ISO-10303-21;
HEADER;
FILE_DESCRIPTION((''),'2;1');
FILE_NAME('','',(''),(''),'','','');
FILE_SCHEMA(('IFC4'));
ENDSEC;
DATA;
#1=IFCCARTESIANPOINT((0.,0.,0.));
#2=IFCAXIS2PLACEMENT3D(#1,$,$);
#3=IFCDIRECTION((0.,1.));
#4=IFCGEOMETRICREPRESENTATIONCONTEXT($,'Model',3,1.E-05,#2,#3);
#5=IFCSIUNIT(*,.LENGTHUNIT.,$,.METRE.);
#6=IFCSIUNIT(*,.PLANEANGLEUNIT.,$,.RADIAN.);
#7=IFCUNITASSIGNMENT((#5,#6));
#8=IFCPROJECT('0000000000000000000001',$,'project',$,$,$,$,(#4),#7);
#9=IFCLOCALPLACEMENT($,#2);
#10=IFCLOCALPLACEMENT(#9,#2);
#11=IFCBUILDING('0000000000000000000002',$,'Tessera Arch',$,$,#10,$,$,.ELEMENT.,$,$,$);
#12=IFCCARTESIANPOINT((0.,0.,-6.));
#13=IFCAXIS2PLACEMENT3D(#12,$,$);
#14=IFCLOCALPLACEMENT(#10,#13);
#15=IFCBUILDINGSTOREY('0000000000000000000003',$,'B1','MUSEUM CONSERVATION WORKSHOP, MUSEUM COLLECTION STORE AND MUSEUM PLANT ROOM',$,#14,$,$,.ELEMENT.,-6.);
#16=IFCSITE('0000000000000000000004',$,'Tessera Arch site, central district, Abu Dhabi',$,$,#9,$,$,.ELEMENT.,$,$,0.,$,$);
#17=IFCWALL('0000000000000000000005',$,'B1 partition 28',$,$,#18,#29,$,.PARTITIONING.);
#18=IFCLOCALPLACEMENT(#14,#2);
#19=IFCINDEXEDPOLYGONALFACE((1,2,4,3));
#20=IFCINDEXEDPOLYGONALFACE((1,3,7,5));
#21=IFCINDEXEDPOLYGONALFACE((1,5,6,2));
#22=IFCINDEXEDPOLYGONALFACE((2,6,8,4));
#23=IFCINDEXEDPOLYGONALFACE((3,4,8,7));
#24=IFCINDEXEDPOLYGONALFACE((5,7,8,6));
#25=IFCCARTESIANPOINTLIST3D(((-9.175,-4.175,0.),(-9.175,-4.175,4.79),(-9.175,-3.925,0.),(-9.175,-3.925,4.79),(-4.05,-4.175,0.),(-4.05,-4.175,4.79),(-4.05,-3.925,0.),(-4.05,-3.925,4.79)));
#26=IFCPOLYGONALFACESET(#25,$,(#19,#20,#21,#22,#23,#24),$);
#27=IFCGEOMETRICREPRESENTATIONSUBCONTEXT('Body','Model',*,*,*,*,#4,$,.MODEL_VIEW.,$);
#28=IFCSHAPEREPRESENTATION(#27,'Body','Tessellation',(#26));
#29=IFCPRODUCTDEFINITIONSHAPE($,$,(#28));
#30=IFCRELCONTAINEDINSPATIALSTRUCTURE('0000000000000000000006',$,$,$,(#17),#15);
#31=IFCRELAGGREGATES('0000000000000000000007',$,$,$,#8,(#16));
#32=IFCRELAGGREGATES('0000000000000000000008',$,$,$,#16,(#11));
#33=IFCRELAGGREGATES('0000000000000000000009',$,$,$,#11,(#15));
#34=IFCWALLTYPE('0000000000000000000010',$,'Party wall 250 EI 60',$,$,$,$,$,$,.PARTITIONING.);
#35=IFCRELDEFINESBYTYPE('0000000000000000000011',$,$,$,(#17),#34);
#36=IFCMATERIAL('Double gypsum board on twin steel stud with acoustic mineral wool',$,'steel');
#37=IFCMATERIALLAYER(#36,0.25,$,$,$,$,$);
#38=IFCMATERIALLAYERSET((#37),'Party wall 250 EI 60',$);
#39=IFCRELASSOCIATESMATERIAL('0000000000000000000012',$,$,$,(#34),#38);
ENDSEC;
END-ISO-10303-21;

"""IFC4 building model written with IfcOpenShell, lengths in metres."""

from ifc_helpers import new_model, si_unit, direction, frame, frame_2d, origin, place, context, subcontext, project, spatial, rectangle, extrude, material, layer, layer_set, type_object, element, save


model = new_model("IFC4")

# Units and contexts
model_context = context("Model", 3, precision=1e-05, world=origin(), true_north=direction((0.0, 1.0)))
body_context = subcontext(model_context, "Body", "Model", "MODEL_VIEW")
ifc_project = project(units=[si_unit("LENGTHUNIT", "METRE"), si_unit("PLANEANGLEUNIT", "RADIAN")], contexts=[model_context])

# Site, building, storey
site_placement = place(None, origin())
site = spatial("IfcSite", under=ifc_project, at=site_placement, Name="Tessera Arch site, central district, Abu Dhabi", CompositionType="ELEMENT", RefElevation=0.0)
building_placement = place(site_placement, origin())
building = spatial("IfcBuilding", under=site, at=building_placement, Name="Tessera Arch", CompositionType="ELEMENT")
storey_placement = place(building_placement, frame((0.0, 0.0, -6.0)))
storey = spatial("IfcBuildingStorey", under=building, at=storey_placement, Name="B1", Description="MUSEUM CONSERVATION WORKSHOP, MUSEUM COLLECTION STORE AND MUSEUM PLANT ROOM", CompositionType="ELEMENT", Elevation=-6.0)

# Wall
ifc_material_1 = material(Name="Double gypsum board on twin steel stud with acoustic mineral wool", Category="steel")
ifc_layer_1 = layer(ifc_material_1, 0.25)
ifc_layer_set_1 = layer_set([ifc_layer_1], Name="Party wall 250 EI 60")
wall_type_1 = type_object("IfcWallType", Name="Party wall 250 EI 60", PredefinedType="PARTITIONING", material=ifc_layer_set_1)
wall_1_placement = place(storey_placement, frame((-9.175, -4.05, 0.0), z_axis=(0.0, 0.0, 1.0), x_axis=(1.0, 0.0, 0.0)))
element("IfcWall", 1, at=wall_1_placement, inside=storey, type_object=wall_type_1, Name="B1 partition 28", PredefinedType="PARTITIONING", context=body_context, shape_type="SweptSolid", body=[
    extrude(rectangle(XDim=5.125, YDim=0.25, at=frame_2d((2.5625, 0.0))), origin(), (0.0, 0.0, 1.0), 4.79),
])

save(model, "model.ifc")
